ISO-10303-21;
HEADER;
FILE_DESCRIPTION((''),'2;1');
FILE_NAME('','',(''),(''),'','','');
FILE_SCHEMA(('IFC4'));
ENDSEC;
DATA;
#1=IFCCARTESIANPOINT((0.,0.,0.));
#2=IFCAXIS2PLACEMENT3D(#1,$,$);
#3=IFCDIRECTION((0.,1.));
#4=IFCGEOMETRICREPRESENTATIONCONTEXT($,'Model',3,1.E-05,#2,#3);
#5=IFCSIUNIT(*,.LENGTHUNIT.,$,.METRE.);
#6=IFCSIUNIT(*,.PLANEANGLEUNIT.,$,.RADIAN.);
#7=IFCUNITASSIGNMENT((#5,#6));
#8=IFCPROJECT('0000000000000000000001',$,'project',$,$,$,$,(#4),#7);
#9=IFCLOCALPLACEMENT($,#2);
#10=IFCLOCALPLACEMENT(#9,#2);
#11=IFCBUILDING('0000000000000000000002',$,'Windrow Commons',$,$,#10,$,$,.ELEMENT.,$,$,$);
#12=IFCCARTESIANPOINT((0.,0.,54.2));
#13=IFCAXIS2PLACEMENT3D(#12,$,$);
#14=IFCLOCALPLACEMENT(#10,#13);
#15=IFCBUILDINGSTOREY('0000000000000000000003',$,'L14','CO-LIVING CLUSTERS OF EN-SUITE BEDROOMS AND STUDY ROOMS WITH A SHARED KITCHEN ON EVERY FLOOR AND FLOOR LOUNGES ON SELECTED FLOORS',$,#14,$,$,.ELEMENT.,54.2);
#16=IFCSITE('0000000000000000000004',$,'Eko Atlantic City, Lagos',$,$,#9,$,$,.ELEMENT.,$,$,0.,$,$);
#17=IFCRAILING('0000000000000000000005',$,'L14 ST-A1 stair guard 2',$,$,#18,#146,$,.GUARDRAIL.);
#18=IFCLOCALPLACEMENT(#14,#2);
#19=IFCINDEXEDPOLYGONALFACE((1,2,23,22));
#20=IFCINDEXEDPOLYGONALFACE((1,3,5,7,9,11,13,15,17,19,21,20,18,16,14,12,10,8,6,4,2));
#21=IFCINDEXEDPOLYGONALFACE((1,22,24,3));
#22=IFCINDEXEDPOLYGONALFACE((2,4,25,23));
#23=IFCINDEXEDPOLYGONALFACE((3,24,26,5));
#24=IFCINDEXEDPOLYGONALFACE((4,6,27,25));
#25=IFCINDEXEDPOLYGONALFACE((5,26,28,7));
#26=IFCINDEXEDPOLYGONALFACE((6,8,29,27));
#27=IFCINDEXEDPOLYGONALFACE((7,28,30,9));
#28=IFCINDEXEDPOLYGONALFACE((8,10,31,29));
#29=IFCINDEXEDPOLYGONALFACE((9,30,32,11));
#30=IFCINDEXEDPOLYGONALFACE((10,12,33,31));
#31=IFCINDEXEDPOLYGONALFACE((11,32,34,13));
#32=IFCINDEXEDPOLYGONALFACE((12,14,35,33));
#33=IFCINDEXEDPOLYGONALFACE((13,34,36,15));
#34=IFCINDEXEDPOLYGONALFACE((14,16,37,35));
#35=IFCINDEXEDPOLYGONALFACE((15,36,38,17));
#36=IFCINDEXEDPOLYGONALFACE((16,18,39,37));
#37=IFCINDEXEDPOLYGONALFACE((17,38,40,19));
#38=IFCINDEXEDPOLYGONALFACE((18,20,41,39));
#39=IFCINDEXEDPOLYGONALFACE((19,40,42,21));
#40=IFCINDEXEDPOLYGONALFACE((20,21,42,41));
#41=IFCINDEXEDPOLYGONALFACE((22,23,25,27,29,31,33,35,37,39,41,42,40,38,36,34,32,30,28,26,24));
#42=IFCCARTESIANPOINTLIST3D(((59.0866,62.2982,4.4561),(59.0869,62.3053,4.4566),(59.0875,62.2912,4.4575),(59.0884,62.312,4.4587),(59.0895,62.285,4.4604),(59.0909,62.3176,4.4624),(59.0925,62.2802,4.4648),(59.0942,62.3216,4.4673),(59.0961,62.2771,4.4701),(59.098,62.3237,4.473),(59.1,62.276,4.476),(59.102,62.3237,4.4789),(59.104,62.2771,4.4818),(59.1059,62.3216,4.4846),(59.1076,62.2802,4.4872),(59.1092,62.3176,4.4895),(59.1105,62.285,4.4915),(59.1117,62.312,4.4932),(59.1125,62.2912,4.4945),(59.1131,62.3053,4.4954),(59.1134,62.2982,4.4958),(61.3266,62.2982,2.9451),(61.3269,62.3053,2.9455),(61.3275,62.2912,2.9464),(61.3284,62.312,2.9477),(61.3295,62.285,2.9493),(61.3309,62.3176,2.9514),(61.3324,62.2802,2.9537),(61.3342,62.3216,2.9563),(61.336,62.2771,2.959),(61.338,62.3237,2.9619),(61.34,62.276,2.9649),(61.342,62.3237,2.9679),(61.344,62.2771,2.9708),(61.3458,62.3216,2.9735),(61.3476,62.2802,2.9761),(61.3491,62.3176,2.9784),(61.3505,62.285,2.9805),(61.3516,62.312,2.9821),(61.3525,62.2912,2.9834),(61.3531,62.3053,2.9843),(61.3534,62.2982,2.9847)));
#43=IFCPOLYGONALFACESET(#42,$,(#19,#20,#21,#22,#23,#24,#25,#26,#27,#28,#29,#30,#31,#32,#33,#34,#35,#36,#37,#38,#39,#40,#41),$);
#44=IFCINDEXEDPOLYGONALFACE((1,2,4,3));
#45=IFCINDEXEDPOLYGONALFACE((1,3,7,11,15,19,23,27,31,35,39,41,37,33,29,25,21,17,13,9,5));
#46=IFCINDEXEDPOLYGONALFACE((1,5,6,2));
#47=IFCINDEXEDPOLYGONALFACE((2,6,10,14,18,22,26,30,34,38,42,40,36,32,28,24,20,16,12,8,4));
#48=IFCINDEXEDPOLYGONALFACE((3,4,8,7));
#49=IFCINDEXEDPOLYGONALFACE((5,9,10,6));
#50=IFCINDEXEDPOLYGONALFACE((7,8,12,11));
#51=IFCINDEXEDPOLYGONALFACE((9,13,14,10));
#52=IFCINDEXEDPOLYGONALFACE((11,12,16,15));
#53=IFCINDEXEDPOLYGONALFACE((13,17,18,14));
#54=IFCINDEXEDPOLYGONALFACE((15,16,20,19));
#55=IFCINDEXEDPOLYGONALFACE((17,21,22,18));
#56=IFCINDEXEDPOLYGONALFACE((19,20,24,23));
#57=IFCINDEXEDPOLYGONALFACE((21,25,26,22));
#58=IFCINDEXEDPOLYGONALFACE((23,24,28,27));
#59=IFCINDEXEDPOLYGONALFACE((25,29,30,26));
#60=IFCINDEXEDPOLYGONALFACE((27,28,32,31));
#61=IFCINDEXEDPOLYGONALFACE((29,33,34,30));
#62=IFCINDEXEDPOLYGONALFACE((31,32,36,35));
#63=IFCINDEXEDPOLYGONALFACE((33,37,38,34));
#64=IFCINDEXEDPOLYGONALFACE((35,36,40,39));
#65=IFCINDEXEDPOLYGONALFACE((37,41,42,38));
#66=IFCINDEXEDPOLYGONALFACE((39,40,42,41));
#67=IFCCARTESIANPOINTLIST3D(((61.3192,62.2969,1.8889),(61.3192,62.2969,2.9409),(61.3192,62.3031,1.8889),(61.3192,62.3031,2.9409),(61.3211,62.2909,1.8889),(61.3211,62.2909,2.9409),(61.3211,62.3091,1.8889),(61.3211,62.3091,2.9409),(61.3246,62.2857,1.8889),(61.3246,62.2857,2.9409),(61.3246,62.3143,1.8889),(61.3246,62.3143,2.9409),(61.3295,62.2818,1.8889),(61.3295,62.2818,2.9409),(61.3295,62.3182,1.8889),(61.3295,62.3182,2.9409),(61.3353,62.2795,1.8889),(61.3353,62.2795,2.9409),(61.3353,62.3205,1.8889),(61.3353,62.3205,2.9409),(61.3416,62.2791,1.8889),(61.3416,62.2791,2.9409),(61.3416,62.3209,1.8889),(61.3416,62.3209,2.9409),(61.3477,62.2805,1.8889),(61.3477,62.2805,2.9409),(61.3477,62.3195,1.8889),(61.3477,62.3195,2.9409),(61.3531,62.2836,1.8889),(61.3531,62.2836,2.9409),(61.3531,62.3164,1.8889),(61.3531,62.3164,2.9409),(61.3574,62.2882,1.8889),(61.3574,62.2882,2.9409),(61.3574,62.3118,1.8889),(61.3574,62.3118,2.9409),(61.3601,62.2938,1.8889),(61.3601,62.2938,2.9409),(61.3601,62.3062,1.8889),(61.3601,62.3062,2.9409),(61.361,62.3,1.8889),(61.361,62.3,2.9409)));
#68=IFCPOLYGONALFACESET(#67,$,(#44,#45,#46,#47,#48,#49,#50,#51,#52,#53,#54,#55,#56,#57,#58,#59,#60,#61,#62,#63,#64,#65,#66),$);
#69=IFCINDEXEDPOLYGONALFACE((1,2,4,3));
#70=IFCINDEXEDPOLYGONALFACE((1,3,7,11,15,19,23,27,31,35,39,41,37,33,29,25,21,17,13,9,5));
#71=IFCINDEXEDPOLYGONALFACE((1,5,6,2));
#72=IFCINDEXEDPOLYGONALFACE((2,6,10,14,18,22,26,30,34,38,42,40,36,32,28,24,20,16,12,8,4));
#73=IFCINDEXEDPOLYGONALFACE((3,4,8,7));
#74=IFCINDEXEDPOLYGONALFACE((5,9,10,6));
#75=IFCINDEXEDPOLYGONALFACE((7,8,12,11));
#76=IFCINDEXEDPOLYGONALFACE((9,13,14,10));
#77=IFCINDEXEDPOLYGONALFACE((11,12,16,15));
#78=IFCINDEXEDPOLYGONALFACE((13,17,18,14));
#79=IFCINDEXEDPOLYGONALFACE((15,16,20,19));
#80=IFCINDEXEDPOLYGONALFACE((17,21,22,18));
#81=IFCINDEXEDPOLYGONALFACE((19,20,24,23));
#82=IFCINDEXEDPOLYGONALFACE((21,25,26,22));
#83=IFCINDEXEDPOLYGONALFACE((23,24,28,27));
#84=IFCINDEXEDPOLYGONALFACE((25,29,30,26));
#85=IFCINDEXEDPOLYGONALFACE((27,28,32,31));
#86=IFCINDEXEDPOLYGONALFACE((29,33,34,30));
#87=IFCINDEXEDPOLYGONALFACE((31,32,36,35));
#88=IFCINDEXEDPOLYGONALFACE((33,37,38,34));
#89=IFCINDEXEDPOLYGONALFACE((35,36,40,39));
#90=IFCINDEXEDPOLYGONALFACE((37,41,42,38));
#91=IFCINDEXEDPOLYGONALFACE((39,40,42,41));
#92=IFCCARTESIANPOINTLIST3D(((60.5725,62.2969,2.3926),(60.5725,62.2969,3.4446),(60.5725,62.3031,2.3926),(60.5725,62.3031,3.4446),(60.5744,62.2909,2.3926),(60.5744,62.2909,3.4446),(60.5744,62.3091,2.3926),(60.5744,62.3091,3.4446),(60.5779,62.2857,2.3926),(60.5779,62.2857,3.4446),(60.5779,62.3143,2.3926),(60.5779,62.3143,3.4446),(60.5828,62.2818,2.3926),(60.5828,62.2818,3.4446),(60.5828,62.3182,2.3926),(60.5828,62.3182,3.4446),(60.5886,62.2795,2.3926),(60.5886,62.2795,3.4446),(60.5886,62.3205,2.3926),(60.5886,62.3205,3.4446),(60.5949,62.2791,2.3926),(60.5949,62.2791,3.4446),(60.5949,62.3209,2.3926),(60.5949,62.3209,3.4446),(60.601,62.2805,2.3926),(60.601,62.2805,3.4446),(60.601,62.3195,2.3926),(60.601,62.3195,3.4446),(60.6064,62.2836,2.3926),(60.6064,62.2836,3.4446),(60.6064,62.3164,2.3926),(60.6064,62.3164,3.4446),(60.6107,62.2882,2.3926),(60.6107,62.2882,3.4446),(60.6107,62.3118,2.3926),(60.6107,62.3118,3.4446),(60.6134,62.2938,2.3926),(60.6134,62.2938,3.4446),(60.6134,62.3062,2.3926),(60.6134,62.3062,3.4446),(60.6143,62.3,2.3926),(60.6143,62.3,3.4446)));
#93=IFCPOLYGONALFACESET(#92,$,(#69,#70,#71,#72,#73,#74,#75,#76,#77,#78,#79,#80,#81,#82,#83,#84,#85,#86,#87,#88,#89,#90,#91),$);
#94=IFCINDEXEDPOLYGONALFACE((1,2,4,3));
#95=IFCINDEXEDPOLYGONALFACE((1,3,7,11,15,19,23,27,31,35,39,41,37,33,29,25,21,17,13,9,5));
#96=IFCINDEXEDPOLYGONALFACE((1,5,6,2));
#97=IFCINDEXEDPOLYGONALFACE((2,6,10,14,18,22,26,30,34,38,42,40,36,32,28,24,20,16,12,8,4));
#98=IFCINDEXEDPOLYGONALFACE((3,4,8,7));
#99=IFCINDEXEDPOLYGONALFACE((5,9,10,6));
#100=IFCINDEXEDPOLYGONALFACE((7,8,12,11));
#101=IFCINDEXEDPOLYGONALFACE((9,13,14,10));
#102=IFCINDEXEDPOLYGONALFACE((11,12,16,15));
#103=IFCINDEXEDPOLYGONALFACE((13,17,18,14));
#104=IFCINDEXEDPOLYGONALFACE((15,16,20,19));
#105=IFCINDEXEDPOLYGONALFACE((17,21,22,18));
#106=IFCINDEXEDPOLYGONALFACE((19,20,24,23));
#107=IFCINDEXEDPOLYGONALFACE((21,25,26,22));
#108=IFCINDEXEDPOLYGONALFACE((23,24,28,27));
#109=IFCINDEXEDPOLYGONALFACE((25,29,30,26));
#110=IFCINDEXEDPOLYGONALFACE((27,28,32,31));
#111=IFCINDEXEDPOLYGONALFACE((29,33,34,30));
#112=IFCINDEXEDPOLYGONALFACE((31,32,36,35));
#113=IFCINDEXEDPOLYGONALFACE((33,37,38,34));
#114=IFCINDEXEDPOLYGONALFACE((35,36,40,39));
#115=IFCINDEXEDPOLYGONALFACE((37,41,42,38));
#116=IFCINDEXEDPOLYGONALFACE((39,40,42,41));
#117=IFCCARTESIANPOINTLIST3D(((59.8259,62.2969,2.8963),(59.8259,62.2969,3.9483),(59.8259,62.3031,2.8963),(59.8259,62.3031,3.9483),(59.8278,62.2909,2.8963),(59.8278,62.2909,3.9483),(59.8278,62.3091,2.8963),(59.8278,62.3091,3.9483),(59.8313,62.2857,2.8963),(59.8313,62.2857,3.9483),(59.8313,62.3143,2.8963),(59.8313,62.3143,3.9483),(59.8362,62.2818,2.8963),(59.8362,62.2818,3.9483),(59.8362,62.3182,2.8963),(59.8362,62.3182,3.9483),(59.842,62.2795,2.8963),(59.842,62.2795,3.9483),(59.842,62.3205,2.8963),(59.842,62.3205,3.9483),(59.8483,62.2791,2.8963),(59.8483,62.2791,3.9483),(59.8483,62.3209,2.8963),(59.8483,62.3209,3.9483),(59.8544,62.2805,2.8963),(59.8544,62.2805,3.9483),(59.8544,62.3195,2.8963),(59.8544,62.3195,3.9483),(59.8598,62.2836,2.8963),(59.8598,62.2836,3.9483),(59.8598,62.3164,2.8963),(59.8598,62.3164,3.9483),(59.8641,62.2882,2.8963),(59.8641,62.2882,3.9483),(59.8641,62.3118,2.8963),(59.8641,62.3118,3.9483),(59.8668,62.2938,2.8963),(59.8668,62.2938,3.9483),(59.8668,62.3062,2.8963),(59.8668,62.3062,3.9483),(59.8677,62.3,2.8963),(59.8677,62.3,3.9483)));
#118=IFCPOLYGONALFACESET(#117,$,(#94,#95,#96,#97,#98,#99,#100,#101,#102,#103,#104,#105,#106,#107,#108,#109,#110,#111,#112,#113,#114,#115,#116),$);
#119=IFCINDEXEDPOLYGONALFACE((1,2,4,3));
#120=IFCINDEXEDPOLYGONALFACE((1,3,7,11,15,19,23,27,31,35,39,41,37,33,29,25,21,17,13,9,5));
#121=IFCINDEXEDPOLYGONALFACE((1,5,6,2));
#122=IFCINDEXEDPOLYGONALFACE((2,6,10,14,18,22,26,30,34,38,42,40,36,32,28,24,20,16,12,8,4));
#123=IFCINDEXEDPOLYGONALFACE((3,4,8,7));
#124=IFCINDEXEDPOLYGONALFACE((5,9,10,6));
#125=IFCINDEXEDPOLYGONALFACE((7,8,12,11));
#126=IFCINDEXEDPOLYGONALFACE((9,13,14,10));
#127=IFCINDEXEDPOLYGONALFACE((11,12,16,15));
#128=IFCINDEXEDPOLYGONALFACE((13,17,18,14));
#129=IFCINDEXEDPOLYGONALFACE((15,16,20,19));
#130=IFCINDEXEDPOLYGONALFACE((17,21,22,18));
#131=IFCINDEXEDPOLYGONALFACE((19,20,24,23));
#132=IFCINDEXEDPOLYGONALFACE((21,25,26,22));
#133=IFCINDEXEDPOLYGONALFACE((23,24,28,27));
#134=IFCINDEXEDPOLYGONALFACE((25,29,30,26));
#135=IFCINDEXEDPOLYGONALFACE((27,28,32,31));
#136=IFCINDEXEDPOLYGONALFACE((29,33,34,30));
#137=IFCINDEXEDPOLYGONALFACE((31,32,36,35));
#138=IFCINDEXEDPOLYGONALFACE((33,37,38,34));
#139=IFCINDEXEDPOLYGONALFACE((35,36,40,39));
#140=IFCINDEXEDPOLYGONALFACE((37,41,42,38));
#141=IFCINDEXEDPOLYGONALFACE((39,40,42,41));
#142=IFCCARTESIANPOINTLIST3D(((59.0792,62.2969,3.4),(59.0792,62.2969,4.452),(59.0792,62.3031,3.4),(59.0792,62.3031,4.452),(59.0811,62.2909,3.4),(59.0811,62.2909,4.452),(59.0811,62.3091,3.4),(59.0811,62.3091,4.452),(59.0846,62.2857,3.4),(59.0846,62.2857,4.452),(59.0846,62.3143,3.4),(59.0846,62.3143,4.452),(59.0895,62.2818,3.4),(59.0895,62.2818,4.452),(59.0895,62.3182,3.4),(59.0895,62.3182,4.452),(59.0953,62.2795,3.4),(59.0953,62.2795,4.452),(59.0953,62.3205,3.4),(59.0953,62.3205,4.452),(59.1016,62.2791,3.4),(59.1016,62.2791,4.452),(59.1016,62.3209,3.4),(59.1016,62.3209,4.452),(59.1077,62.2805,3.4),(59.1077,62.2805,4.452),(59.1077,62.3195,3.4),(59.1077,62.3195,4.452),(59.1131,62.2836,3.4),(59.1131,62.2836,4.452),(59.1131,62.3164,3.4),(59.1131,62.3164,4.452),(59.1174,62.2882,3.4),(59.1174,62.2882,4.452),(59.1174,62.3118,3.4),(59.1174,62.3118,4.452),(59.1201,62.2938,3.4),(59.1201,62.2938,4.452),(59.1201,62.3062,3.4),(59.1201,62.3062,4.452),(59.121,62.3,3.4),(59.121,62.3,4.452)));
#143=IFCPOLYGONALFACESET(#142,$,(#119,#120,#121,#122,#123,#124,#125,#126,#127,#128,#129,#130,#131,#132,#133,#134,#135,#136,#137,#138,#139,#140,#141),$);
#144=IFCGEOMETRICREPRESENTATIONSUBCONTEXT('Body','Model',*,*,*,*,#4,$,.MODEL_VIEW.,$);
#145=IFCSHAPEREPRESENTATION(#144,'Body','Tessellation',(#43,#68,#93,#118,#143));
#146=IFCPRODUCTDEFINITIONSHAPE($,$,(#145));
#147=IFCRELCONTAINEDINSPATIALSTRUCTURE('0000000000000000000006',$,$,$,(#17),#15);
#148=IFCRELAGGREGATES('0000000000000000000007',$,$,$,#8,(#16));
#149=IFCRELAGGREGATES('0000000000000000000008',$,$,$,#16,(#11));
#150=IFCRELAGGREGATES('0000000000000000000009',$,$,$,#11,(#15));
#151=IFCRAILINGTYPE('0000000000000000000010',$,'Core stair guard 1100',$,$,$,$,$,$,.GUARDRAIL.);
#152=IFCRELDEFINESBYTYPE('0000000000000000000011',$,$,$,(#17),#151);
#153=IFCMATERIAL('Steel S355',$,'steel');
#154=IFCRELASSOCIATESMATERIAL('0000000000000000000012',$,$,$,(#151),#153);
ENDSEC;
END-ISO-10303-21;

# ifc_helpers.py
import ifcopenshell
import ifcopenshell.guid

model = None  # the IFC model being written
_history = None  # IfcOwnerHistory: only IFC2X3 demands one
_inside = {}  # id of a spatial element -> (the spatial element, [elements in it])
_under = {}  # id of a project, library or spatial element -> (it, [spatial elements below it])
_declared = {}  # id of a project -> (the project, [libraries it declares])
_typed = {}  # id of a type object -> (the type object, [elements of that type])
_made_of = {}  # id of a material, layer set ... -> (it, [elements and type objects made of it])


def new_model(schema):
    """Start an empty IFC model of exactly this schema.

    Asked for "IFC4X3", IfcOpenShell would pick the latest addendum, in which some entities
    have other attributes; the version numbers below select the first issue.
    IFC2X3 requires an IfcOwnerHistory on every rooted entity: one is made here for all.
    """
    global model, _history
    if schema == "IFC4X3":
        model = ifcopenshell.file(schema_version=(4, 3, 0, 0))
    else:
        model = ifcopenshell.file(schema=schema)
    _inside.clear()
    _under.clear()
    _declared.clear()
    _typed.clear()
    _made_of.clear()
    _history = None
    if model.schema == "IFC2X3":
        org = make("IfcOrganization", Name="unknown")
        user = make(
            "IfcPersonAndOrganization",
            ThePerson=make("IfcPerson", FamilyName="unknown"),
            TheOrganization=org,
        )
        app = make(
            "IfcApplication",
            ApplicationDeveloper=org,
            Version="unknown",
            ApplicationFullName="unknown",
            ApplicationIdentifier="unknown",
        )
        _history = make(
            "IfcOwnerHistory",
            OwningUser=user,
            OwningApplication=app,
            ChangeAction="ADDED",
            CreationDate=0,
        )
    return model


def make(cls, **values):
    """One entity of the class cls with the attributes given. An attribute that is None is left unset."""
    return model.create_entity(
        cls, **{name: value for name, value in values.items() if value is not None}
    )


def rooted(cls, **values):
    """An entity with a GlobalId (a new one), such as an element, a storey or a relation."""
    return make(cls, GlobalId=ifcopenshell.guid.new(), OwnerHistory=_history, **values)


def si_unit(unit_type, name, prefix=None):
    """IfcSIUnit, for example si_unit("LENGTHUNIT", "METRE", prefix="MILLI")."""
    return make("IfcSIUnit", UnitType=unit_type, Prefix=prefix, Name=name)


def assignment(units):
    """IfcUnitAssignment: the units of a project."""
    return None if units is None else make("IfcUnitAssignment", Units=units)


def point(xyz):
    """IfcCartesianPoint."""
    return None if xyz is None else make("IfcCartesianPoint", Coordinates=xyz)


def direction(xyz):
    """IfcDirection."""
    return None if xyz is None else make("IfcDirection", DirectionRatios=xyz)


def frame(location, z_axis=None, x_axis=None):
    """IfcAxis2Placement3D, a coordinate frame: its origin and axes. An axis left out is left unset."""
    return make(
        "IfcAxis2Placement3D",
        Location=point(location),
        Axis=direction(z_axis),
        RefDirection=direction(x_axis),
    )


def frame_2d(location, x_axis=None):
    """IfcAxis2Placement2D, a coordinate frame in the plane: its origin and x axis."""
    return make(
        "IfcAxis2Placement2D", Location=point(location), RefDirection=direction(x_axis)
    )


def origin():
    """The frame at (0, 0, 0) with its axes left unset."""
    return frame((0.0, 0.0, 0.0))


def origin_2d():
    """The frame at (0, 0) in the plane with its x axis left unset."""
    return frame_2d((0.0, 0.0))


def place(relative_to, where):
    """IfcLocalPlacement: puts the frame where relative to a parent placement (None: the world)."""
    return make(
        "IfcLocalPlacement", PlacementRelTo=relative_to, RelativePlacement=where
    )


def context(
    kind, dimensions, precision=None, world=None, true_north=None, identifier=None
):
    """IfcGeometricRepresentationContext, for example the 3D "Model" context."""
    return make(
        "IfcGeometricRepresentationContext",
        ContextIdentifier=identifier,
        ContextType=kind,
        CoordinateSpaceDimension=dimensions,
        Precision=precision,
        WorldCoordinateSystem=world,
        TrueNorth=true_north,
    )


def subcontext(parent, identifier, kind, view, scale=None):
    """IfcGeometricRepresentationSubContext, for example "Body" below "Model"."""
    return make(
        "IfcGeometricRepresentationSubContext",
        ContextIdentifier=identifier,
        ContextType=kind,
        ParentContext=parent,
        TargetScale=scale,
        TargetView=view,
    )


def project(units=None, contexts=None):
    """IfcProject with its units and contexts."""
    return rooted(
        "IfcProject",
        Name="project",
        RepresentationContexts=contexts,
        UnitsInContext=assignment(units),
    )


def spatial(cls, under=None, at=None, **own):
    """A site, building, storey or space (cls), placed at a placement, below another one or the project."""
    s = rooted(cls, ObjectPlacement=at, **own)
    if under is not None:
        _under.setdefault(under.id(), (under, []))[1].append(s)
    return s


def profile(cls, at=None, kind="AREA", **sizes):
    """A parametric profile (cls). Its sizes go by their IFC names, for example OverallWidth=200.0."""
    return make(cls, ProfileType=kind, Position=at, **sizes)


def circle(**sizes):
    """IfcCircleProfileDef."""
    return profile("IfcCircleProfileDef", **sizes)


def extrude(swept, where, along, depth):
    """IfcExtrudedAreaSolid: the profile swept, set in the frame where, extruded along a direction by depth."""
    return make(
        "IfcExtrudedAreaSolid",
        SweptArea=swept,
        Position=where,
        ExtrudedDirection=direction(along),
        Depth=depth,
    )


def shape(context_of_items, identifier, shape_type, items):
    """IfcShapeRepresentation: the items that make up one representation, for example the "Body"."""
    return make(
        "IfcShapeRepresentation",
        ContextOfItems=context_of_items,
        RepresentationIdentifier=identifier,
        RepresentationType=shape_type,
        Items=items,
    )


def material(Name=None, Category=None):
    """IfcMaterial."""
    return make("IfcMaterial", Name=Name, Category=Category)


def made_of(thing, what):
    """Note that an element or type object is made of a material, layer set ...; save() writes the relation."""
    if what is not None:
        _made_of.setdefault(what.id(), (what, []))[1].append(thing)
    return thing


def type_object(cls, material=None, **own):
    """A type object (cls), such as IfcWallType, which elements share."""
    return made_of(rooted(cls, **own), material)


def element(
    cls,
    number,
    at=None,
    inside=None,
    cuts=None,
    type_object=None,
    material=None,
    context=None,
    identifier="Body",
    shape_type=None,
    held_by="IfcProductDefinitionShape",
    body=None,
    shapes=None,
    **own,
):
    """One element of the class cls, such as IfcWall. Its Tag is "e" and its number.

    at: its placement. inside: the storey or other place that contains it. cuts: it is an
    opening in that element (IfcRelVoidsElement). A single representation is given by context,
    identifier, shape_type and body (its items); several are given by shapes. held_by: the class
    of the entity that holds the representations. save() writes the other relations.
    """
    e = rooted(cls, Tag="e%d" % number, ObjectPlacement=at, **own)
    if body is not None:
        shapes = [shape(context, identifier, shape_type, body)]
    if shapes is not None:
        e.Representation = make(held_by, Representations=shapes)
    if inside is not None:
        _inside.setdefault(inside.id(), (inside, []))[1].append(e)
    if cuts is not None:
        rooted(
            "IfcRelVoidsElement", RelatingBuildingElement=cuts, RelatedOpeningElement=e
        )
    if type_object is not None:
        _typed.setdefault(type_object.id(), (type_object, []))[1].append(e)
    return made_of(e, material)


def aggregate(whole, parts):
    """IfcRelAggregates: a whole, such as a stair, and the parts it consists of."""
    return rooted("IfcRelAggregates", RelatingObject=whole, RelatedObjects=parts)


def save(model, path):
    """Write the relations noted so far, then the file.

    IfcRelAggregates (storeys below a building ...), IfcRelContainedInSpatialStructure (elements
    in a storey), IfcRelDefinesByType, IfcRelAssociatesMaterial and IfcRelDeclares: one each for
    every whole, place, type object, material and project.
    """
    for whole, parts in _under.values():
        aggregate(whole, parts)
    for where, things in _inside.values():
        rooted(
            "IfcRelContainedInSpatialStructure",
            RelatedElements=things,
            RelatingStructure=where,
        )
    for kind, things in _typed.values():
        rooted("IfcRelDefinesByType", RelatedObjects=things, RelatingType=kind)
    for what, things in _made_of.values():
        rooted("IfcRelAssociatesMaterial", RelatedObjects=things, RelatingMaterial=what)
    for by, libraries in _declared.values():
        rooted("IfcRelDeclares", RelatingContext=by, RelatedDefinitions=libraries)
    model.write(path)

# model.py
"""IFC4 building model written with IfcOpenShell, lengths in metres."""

from ifc_helpers import new_model, si_unit, direction, frame, origin, origin_2d, place, context, subcontext, project, spatial, circle, extrude, material, type_object, element, save


model = new_model("IFC4")

# Units and contexts
model_context = context("Model", 3, precision=1e-05, world=origin(), true_north=direction((0.0, 1.0)))
body_context = subcontext(model_context, "Body", "Model", "MODEL_VIEW")
ifc_project = project(units=[si_unit("LENGTHUNIT", "METRE"), si_unit("PLANEANGLEUNIT", "RADIAN")], contexts=[model_context])

# Site, building, storey
site_placement = place(None, origin())
site = spatial("IfcSite", under=ifc_project, at=site_placement, Name="Eko Atlantic City, Lagos", CompositionType="ELEMENT", RefElevation=0.0)
building_placement = place(site_placement, origin())
building = spatial("IfcBuilding", under=site, at=building_placement, Name="Windrow Commons", CompositionType="ELEMENT")
storey_placement = place(building_placement, frame((0.0, 0.0, 54.2)))
storey = spatial("IfcBuildingStorey", under=building, at=storey_placement, Name="L14", Description="CO-LIVING CLUSTERS OF EN-SUITE BEDROOMS AND STUDY ROOMS WITH A SHARED KITCHEN ON EVERY FLOOR AND FLOOR LOUNGES ON SELECTED FLOORS", CompositionType="ELEMENT", Elevation=54.2)

# Railing
ifc_material_1 = material(Name="Steel S355", Category="steel")
railing_type_1 = type_object("IfcRailingType", Name="Core stair guard 1100", PredefinedType="GUARDRAIL", material=ifc_material_1)
railing_1_placement = place(storey_placement, frame((61.34, 62.3, 1.8889)))
element("IfcRailing", 1, at=railing_1_placement, inside=storey, type_object=railing_type_1, Name="L14 ST-A1 stair guard 2", PredefinedType="GUARDRAIL", context=body_context, shape_type="SweptSolid", body=[
    extrude(circle(Radius=0.024, at=origin_2d()), frame((0.0, 0.0, 1.076), z_axis=(-0.829003, 0.0, 0.559244), x_axis=(0.0, -1.0, 0.0)), (0.0, 0.0, 1.0), 2.702),
    extrude(circle(Radius=0.021, at=origin_2d()), origin(), (0.0, 0.0, 1.0), 1.052),
    extrude(circle(Radius=0.021, at=origin_2d()), frame((-0.7467, 0.0, 0.5037)), (0.0, 0.0, 1.0), 1.052),
    extrude(circle(Radius=0.021, at=origin_2d()), frame((-1.4933, 0.0, 1.0074)), (0.0, 0.0, 1.0), 1.052),
    extrude(circle(Radius=0.021, at=origin_2d()), frame((-2.24, 0.0, 1.5111)), (0.0, 0.0, 1.0), 1.052),
])

save(model, "model.ifc")
